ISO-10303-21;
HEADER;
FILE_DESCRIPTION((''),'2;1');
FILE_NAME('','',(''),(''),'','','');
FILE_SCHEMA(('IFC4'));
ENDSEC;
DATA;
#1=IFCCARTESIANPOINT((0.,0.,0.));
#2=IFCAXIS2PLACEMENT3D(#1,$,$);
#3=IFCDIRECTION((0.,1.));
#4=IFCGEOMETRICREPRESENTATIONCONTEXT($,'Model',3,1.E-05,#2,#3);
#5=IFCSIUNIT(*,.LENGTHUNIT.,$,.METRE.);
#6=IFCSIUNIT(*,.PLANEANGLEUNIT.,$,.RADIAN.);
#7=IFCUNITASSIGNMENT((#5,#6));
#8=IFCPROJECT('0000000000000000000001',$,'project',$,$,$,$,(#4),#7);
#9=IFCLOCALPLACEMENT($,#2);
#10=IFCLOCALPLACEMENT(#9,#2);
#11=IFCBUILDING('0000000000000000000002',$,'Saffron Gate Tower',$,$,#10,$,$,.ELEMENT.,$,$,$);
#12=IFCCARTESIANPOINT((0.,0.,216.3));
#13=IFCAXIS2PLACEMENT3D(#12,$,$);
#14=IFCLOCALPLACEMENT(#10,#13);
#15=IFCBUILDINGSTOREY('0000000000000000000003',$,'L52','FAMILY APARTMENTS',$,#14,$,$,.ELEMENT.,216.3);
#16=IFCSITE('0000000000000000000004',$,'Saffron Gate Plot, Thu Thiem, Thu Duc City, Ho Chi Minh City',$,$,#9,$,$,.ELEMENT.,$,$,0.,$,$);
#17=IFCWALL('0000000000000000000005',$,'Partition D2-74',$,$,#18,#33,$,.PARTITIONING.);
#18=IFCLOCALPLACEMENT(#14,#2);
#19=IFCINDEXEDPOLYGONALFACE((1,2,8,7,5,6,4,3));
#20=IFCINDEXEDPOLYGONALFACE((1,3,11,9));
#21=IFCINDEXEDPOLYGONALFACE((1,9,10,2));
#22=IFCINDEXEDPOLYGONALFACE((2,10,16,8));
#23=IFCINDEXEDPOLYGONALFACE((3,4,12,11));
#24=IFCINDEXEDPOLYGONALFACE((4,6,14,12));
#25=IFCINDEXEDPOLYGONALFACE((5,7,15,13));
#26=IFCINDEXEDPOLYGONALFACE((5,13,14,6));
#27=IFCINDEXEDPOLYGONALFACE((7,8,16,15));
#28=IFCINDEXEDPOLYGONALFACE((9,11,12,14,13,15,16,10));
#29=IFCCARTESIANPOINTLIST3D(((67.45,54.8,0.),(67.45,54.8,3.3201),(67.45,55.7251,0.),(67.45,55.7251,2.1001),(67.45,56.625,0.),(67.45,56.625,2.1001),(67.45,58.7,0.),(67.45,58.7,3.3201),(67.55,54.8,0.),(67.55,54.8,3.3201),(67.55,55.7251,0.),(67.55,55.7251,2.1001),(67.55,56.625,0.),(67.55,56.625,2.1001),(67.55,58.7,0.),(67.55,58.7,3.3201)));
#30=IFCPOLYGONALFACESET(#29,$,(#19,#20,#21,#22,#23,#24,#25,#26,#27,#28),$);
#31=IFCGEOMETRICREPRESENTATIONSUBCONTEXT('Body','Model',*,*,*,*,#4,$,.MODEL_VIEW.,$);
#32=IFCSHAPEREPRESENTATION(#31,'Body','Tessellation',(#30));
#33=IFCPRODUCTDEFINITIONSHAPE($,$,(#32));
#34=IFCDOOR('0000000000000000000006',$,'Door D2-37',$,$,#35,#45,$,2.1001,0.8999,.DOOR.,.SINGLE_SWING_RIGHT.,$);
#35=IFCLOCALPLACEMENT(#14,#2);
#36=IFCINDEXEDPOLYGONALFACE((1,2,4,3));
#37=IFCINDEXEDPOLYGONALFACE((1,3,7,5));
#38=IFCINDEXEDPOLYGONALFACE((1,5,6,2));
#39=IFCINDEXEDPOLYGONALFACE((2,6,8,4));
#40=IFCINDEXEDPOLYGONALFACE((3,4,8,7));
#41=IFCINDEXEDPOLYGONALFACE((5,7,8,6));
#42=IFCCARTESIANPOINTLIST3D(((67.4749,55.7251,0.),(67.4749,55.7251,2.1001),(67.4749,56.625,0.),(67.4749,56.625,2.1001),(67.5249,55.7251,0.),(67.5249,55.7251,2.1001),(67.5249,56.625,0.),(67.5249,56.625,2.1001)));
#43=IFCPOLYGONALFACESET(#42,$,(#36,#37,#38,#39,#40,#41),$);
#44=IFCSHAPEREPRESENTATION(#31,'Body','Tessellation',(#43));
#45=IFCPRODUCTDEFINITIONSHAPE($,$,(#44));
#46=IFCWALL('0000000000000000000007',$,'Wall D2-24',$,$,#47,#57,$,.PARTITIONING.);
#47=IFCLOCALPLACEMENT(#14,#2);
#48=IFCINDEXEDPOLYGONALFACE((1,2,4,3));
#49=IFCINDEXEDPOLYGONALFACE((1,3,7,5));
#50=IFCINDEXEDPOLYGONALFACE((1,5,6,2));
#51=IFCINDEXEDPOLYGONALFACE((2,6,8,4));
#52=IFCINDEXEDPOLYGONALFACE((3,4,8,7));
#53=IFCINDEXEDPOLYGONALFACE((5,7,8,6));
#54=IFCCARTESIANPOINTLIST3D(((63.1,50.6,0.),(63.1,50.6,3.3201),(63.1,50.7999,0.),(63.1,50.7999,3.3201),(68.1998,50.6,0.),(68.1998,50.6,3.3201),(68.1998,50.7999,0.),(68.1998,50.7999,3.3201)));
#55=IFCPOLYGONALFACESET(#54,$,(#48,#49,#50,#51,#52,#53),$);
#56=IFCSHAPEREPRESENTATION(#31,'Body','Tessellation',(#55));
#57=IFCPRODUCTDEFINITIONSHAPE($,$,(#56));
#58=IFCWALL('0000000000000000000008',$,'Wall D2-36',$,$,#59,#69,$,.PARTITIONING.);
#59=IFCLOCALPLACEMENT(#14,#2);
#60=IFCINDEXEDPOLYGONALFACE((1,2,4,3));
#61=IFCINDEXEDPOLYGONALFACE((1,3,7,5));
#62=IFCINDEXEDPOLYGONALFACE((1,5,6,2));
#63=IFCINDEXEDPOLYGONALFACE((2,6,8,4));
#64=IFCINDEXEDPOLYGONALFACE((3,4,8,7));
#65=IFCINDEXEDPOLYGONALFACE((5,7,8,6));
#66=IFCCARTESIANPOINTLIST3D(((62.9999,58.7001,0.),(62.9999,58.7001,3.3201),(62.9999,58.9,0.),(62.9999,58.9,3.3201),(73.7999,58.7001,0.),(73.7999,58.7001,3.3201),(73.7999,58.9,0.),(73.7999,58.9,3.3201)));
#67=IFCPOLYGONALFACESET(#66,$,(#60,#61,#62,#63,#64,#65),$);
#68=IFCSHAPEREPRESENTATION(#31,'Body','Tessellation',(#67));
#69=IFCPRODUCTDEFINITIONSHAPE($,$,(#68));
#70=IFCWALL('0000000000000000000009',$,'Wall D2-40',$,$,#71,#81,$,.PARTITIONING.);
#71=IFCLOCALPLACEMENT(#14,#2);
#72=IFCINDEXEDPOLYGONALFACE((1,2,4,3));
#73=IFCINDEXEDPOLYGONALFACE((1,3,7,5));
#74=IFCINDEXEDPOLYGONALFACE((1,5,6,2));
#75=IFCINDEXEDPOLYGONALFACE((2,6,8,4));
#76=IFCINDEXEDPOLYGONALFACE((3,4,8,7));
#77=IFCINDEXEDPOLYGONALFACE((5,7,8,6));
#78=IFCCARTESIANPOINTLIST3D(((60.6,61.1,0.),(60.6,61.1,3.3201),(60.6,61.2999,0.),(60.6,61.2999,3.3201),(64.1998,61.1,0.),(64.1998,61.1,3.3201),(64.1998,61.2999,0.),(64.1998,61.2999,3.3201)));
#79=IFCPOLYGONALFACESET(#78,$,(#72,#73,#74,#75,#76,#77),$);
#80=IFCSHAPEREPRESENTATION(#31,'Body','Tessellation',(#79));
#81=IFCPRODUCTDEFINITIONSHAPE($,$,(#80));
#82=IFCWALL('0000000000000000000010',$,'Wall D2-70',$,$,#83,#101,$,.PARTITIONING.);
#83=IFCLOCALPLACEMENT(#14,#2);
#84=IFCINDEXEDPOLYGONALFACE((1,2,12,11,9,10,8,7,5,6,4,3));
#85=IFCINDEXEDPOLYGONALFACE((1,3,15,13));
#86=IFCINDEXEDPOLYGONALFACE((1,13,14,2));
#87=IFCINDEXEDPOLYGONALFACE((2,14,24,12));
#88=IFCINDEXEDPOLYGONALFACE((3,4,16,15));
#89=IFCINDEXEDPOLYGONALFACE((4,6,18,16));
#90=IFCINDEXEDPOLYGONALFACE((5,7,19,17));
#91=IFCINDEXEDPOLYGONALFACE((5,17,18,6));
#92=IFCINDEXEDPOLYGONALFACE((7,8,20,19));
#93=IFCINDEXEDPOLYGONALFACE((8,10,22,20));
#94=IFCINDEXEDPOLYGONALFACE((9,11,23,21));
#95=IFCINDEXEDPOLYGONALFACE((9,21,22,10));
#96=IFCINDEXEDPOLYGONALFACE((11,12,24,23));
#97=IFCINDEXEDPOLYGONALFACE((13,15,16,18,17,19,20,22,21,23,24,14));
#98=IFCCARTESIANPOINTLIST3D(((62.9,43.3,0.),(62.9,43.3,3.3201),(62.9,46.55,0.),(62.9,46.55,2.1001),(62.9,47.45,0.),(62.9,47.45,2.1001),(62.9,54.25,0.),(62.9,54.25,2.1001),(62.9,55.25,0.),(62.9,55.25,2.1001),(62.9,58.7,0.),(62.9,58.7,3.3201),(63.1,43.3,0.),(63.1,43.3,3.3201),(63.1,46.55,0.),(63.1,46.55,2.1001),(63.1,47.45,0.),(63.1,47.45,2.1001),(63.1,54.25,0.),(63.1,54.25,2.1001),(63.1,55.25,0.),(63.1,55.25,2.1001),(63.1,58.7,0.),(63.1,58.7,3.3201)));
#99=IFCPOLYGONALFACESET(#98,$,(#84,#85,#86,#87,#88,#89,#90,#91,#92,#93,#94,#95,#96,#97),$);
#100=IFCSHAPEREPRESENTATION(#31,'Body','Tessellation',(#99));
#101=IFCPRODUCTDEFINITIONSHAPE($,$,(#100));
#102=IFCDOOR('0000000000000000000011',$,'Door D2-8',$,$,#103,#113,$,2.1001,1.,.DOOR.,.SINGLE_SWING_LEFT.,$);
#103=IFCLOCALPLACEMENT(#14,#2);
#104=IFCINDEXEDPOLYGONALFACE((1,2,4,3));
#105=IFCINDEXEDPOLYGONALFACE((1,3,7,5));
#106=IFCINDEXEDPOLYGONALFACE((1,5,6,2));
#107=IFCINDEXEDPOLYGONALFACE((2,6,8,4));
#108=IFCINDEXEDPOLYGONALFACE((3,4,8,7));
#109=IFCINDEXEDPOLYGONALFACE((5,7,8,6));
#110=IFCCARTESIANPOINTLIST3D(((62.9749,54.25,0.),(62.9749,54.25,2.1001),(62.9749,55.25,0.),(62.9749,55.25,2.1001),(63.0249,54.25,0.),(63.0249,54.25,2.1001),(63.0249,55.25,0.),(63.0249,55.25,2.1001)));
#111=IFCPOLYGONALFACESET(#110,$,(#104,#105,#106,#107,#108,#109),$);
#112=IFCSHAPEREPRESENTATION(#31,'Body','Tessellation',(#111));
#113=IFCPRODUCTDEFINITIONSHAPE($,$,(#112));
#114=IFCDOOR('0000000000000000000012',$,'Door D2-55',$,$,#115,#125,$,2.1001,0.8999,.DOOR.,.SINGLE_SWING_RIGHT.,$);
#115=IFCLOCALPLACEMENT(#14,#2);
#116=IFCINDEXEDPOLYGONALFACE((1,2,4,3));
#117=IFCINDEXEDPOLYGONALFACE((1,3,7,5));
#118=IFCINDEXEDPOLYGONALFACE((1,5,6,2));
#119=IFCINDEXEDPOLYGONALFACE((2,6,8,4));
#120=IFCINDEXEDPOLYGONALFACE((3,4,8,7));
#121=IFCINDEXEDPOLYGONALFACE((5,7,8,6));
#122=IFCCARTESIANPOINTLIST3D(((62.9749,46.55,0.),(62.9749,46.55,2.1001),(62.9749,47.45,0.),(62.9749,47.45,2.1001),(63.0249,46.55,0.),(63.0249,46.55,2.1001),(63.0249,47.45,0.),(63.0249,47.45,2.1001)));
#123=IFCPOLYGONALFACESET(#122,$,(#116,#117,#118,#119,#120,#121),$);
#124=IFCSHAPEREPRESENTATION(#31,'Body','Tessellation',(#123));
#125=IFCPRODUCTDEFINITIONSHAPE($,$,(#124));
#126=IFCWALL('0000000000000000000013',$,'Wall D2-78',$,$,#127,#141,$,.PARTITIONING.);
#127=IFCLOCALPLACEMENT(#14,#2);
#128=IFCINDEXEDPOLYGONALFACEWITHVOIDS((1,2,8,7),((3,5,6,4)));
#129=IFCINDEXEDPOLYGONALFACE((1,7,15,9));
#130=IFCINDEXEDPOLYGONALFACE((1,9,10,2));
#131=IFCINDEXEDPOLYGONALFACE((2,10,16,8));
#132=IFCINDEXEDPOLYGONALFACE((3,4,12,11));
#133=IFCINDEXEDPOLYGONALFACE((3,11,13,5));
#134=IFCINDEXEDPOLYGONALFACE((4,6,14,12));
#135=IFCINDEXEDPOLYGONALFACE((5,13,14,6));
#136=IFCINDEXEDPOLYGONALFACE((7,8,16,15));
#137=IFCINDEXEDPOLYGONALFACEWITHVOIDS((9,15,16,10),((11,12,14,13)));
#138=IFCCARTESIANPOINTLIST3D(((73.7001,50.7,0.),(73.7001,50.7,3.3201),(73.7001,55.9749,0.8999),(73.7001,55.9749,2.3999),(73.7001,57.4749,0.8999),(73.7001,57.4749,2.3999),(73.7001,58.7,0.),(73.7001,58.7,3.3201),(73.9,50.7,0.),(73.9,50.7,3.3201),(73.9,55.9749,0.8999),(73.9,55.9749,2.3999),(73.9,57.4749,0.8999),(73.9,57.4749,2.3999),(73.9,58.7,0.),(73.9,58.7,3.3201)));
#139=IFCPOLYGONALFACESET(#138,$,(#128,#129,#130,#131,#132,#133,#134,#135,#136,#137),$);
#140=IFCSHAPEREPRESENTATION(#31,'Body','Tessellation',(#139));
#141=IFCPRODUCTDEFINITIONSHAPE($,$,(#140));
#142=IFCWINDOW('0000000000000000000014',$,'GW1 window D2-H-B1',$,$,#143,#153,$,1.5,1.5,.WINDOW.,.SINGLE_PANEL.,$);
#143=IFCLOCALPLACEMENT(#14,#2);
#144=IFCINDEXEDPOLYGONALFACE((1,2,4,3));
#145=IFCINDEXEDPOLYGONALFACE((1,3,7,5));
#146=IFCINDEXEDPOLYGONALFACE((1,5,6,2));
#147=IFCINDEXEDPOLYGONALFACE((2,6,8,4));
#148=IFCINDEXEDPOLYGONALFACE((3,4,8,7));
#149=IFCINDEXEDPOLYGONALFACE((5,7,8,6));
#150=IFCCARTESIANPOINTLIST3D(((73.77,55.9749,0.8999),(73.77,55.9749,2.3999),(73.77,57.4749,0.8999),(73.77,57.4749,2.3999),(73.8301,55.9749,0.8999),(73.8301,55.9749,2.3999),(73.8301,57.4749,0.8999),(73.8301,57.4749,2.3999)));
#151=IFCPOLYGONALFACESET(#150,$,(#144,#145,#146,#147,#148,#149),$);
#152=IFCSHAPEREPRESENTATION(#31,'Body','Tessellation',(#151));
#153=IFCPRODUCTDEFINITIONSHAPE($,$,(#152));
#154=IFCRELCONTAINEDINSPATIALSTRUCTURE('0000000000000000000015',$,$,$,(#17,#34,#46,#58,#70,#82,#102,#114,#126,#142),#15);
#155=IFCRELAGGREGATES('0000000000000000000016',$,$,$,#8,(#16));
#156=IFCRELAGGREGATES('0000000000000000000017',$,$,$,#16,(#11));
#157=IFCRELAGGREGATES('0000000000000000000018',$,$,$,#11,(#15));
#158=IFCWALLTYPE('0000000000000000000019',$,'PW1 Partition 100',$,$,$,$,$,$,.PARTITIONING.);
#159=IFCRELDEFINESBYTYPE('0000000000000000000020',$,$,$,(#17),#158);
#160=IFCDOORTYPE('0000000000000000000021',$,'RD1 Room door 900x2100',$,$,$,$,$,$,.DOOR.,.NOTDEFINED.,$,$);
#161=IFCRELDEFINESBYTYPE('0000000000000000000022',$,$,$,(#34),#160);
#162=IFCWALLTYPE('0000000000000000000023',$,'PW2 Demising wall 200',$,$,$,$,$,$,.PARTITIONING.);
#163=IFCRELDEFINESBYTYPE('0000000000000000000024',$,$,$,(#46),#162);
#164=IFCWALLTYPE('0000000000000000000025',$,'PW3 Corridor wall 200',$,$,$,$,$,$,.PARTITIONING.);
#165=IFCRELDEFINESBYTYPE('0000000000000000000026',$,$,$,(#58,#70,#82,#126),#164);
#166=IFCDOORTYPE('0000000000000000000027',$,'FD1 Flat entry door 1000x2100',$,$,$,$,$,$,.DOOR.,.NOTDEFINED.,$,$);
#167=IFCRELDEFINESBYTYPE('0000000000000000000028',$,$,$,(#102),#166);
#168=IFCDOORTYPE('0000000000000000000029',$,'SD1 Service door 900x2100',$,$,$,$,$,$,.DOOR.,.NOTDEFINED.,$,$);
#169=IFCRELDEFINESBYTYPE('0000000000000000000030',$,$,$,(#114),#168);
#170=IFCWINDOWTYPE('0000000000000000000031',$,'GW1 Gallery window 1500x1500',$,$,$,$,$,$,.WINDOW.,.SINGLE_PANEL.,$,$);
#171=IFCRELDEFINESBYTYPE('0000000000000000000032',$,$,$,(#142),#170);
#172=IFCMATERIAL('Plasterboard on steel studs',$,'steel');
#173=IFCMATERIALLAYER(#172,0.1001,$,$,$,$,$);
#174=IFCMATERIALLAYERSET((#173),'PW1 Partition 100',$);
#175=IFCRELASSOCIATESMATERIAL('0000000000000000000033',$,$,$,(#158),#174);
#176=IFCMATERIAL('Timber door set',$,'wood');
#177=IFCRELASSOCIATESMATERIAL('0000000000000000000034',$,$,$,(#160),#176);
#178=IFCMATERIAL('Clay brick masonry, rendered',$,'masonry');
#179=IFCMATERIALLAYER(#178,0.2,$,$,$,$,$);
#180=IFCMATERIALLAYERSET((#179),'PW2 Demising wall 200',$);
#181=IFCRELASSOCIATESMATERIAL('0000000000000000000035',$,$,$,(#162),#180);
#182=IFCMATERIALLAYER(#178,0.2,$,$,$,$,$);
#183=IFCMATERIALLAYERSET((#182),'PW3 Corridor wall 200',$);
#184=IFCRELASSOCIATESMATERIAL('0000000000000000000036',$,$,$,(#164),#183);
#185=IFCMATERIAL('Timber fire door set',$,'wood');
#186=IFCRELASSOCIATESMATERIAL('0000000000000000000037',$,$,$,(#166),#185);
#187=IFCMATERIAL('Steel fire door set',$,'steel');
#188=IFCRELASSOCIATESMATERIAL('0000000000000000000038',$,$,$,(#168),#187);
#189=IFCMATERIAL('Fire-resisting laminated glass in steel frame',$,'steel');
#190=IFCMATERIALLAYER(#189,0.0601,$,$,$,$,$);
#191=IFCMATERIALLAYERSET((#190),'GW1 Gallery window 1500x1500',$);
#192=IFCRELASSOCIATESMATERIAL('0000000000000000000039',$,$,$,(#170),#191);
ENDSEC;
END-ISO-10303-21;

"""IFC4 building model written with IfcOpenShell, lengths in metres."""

from ifc_helpers import new_model, si_unit, direction, frame, frame_2d, origin, place, context, subcontext, project, spatial, rectangle, extrude, material, layer, layer_set, type_object, element, fill, save


model = new_model("IFC4")

# Units and contexts
model_context = context("Model", 3, precision=1e-05, world=origin(), true_north=direction((0.0, 1.0)))
body_context = subcontext(model_context, "Body", "Model", "MODEL_VIEW")
ifc_project = project(units=[si_unit("LENGTHUNIT", "METRE"), si_unit("PLANEANGLEUNIT", "RADIAN")], contexts=[model_context])

# Site, building, storey
site_placement = place(None, origin())
site = spatial("IfcSite", under=ifc_project, at=site_placement, Name="Saffron Gate Plot, Thu Thiem, Thu Duc City, Ho Chi Minh City", CompositionType="ELEMENT", RefElevation=0.0)
building_placement = place(site_placement, origin())
building = spatial("IfcBuilding", under=site, at=building_placement, Name="Saffron Gate Tower", CompositionType="ELEMENT")
storey_placement = place(building_placement, frame((0.0, 0.0, 216.3)))
storey = spatial("IfcBuildingStorey", under=building, at=storey_placement, Name="L52", Description="FAMILY APARTMENTS", CompositionType="ELEMENT", Elevation=216.3)

# Shared definitions
ifc_material_1 = material(Name="Plasterboard on steel studs", Category="steel")
ifc_layer_1 = layer(ifc_material_1, 0.1001)
ifc_layer_set_1 = layer_set([ifc_layer_1], Name="PW1 Partition 100")
wall_type_1 = type_object("IfcWallType", Name="PW1 Partition 100", PredefinedType="PARTITIONING", material=ifc_layer_set_1)
ifc_material_2 = material(Name="Timber door set", Category="wood")

# Wall, opening, door
wall_1_placement = place(storey_placement, frame((67.5, 58.7, 0.0), z_axis=(0.0, 0.0, 1.0), x_axis=(0.0, -1.0, 0.0)))
wall_1 = element("IfcWall", 1, at=wall_1_placement, inside=storey, type_object=wall_type_1, Name="Partition D2-74", PredefinedType="PARTITIONING", context=body_context, shape_type="SweptSolid", body=[
    extrude(rectangle(XDim=3.8999, YDim=0.1001, at=frame_2d((1.95, 0.0))), origin(), (0.0, 0.0, 1.0), 3.3201),
])
opening_1_placement = place(wall_1_placement, frame((2.075, 0.0, 0.0)))
opening_1 = element("IfcOpeningElement", 2, at=opening_1_placement, cuts=wall_1, PredefinedType="OPENING", context=body_context, shape_type="SweptSolid", body=[
    extrude(rectangle(XDim=0.8999, YDim=2.1001, at=frame_2d((0.45, 1.05))), frame((0.0, 0.0601, 0.0), z_axis=(0.0, -1.0, 0.0), x_axis=(1.0, 0.0, 0.0)), (0.0, 0.0, 1.0), 0.1201),
])
door_type_1 = type_object("IfcDoorType", Name="RD1 Room door 900x2100", OperationType="NOTDEFINED", PredefinedType="DOOR", material=ifc_material_2)
door_1_placement = place(opening_1_placement, origin())
door_1 = element("IfcDoor", 3, at=door_1_placement, inside=storey, type_object=door_type_1, Name="Door D2-37", OperationType="SINGLE_SWING_RIGHT", OverallHeight=2.1001, OverallWidth=0.8999, PredefinedType="DOOR", context=body_context, shape_type="SweptSolid", body=[
    extrude(rectangle(XDim=0.8999, YDim=2.1001, at=frame_2d((0.45, 1.05))), frame((0.0, 0.0249, 0.0), z_axis=(0.0, -1.0, 0.0), x_axis=(1.0, 0.0, 0.0)), (0.0, 0.0, 1.0), 0.05),
])
fill(opening_1, door_1)

# Walls
ifc_material_3 = material(Name="Clay brick masonry, rendered", Category="masonry")
ifc_layer_2 = layer(ifc_material_3, 0.2)
ifc_layer_set_2 = layer_set([ifc_layer_2], Name="PW2 Demising wall 200")
wall_type_2 = type_object("IfcWallType", Name="PW2 Demising wall 200", PredefinedType="PARTITIONING", material=ifc_layer_set_2)
wall_2_placement = place(storey_placement, frame((63.1001, 50.7, 0.0), z_axis=(0.0, 0.0, 1.0), x_axis=(1.0, 0.0, 0.0)))
element("IfcWall", 4, at=wall_2_placement, inside=storey, type_object=wall_type_2, Name="Wall D2-24", PredefinedType="PARTITIONING", context=body_context, shape_type="SweptSolid", body=[
    extrude(rectangle(XDim=5.0999, YDim=0.2, at=frame_2d((2.5498, 0.0))), origin(), (0.0, 0.0, 1.0), 3.3201),
])
ifc_layer_3 = layer(ifc_material_3, 0.2)
ifc_layer_set_3 = layer_set([ifc_layer_3], Name="PW3 Corridor wall 200")
wall_type_3 = type_object("IfcWallType", Name="PW3 Corridor wall 200", PredefinedType="PARTITIONING", material=ifc_layer_set_3)
wall_3_placement = place(storey_placement, frame((63.0, 58.8, 0.0), z_axis=(0.0, 0.0, 1.0), x_axis=(1.0, 0.0, 0.0)))
element("IfcWall", 5, at=wall_3_placement, inside=storey, type_object=wall_type_3, Name="Wall D2-36", PredefinedType="PARTITIONING", context=body_context, shape_type="SweptSolid", body=[
    extrude(rectangle(XDim=10.8, YDim=0.2, at=frame_2d((5.3999, 0.0))), origin(), (0.0, 0.0, 1.0), 3.3201),
])
wall_4_placement = place(storey_placement, frame((60.6001, 61.2, 0.0), z_axis=(0.0, 0.0, 1.0), x_axis=(1.0, 0.0, 0.0)))
element("IfcWall", 6, at=wall_4_placement, inside=storey, type_object=wall_type_3, Name="Wall D2-40", PredefinedType="PARTITIONING", context=body_context, shape_type="SweptSolid", body=[
    extrude(rectangle(XDim=3.5999, YDim=0.2, at=frame_2d((1.7998, 0.0))), origin(), (0.0, 0.0, 1.0), 3.3201),
])

# Wall, openings, doors
wall_5_placement = place(storey_placement, frame((63.0, 58.7, 0.0), z_axis=(0.0, 0.0, 1.0), x_axis=(0.0, -1.0, 0.0)))
wall_5 = element("IfcWall", 7, at=wall_5_placement, inside=storey, type_object=wall_type_3, Name="Wall D2-70", PredefinedType="PARTITIONING", context=body_context, shape_type="SweptSolid", body=[
    extrude(rectangle(XDim=15.3999, YDim=0.2, at=frame_2d((7.7, 0.0))), origin(), (0.0, 0.0, 1.0), 3.3201),
])
opening_2_placement = place(wall_5_placement, frame((3.45, 0.0, 0.0)))
opening_2 = element("IfcOpeningElement", 8, at=opening_2_placement, cuts=wall_5, PredefinedType="OPENING", context=body_context, shape_type="SweptSolid", body=[
    extrude(rectangle(XDim=1.0, YDim=2.1001, at=frame_2d((0.5, 1.05))), frame((0.0, 0.1099, 0.0), z_axis=(0.0, -1.0, 0.0), x_axis=(1.0, 0.0, 0.0)), (0.0, 0.0, 1.0), 0.22),
])
opening_3_placement = place(wall_5_placement, frame((11.25, 0.0, 0.0)))
opening_3 = element("IfcOpeningElement", 9, at=opening_3_placement, cuts=wall_5, PredefinedType="OPENING", context=body_context, shape_type="SweptSolid", body=[
    extrude(rectangle(XDim=0.8999, YDim=2.1001, at=frame_2d((0.45, 1.05))), frame((0.0, 0.1099, 0.0), z_axis=(0.0, -1.0, 0.0), x_axis=(1.0, 0.0, 0.0)), (0.0, 0.0, 1.0), 0.22),
])
ifc_material_4 = material(Name="Timber fire door set", Category="wood")
door_type_2 = type_object("IfcDoorType", Name="FD1 Flat entry door 1000x2100", OperationType="NOTDEFINED", PredefinedType="DOOR", material=ifc_material_4)
door_2_placement = place(opening_2_placement, origin())
door_2 = element("IfcDoor", 10, at=door_2_placement, inside=storey, type_object=door_type_2, Name="Door D2-8", OperationType="SINGLE_SWING_LEFT", OverallHeight=2.1001, OverallWidth=1.0, PredefinedType="DOOR", context=body_context, shape_type="SweptSolid", body=[
    extrude(rectangle(XDim=1.0, YDim=2.1001, at=frame_2d((0.5, 1.05))), frame((0.0, 0.0249, 0.0), z_axis=(0.0, -1.0, 0.0), x_axis=(1.0, 0.0, 0.0)), (0.0, 0.0, 1.0), 0.05),
])
fill(opening_2, door_2)
ifc_material_5 = material(Name="Steel fire door set", Category="steel")
door_type_3 = type_object("IfcDoorType", Name="SD1 Service door 900x2100", OperationType="NOTDEFINED", PredefinedType="DOOR", material=ifc_material_5)
door_3_placement = place(opening_3_placement, origin())
door_3 = element("IfcDoor", 11, at=door_3_placement, inside=storey, type_object=door_type_3, Name="Door D2-55", OperationType="SINGLE_SWING_RIGHT", OverallHeight=2.1001, OverallWidth=0.8999, PredefinedType="DOOR", context=body_context, shape_type="SweptSolid", body=[
    extrude(rectangle(XDim=0.8999, YDim=2.1001, at=frame_2d((0.45, 1.05))), frame((0.0, 0.0249, 0.0), z_axis=(0.0, -1.0, 0.0), x_axis=(1.0, 0.0, 0.0)), (0.0, 0.0, 1.0), 0.05),
])
fill(opening_3, door_3)

# Wall, opening, window
wall_6_placement = place(storey_placement, frame((73.8, 58.7, 0.0), z_axis=(0.0, 0.0, 1.0), x_axis=(0.0, -1.0, 0.0)))
wall_6 = element("IfcWall", 12, at=wall_6_placement, inside=storey, type_object=wall_type_3, Name="Wall D2-78", PredefinedType="PARTITIONING", context=body_context, shape_type="SweptSolid", body=[
    extrude(rectangle(XDim=8.0, YDim=0.2, at=frame_2d((4.0, 0.0))), origin(), (0.0, 0.0, 1.0), 3.3201),
])
opening_4_placement = place(wall_6_placement, frame((1.2251, 0.0, 0.8999)))
opening_4 = element("IfcOpeningElement", 13, at=opening_4_placement, cuts=wall_6, PredefinedType="OPENING", context=body_context, shape_type="SweptSolid", body=[
    extrude(rectangle(XDim=1.5, YDim=1.5, at=frame_2d((0.75, 0.75))), frame((0.0, 0.1099, 0.0), z_axis=(0.0, -1.0, 0.0), x_axis=(1.0, 0.0, 0.0)), (0.0, 0.0, 1.0), 0.22),
])
ifc_material_6 = material(Name="Fire-resisting laminated glass in steel frame", Category="steel")
ifc_layer_4 = layer(ifc_material_6, 0.0601)
ifc_layer_set_4 = layer_set([ifc_layer_4], Name="GW1 Gallery window 1500x1500")
window_type = type_object("IfcWindowType", Name="GW1 Gallery window 1500x1500", PartitioningType="SINGLE_PANEL", PredefinedType="WINDOW", material=ifc_layer_set_4)
window_placement = place(opening_4_placement, origin())
window = element("IfcWindow", 14, at=window_placement, inside=storey, type_object=window_type, Name="GW1 window D2-H-B1", OverallHeight=1.5, OverallWidth=1.5, PartitioningType="SINGLE_PANEL", PredefinedType="WINDOW", context=body_context, shape_type="SweptSolid", body=[
    extrude(rectangle(XDim=1.5, YDim=1.5, at=frame_2d((0.75, 0.75))), frame((0.0, 0.03, 0.0), z_axis=(0.0, -1.0, 0.0), x_axis=(1.0, 0.0, 0.0)), (0.0, 0.0, 1.0), 0.0601),
])
fill(opening_4, window)

save(model, "model.ifc")
